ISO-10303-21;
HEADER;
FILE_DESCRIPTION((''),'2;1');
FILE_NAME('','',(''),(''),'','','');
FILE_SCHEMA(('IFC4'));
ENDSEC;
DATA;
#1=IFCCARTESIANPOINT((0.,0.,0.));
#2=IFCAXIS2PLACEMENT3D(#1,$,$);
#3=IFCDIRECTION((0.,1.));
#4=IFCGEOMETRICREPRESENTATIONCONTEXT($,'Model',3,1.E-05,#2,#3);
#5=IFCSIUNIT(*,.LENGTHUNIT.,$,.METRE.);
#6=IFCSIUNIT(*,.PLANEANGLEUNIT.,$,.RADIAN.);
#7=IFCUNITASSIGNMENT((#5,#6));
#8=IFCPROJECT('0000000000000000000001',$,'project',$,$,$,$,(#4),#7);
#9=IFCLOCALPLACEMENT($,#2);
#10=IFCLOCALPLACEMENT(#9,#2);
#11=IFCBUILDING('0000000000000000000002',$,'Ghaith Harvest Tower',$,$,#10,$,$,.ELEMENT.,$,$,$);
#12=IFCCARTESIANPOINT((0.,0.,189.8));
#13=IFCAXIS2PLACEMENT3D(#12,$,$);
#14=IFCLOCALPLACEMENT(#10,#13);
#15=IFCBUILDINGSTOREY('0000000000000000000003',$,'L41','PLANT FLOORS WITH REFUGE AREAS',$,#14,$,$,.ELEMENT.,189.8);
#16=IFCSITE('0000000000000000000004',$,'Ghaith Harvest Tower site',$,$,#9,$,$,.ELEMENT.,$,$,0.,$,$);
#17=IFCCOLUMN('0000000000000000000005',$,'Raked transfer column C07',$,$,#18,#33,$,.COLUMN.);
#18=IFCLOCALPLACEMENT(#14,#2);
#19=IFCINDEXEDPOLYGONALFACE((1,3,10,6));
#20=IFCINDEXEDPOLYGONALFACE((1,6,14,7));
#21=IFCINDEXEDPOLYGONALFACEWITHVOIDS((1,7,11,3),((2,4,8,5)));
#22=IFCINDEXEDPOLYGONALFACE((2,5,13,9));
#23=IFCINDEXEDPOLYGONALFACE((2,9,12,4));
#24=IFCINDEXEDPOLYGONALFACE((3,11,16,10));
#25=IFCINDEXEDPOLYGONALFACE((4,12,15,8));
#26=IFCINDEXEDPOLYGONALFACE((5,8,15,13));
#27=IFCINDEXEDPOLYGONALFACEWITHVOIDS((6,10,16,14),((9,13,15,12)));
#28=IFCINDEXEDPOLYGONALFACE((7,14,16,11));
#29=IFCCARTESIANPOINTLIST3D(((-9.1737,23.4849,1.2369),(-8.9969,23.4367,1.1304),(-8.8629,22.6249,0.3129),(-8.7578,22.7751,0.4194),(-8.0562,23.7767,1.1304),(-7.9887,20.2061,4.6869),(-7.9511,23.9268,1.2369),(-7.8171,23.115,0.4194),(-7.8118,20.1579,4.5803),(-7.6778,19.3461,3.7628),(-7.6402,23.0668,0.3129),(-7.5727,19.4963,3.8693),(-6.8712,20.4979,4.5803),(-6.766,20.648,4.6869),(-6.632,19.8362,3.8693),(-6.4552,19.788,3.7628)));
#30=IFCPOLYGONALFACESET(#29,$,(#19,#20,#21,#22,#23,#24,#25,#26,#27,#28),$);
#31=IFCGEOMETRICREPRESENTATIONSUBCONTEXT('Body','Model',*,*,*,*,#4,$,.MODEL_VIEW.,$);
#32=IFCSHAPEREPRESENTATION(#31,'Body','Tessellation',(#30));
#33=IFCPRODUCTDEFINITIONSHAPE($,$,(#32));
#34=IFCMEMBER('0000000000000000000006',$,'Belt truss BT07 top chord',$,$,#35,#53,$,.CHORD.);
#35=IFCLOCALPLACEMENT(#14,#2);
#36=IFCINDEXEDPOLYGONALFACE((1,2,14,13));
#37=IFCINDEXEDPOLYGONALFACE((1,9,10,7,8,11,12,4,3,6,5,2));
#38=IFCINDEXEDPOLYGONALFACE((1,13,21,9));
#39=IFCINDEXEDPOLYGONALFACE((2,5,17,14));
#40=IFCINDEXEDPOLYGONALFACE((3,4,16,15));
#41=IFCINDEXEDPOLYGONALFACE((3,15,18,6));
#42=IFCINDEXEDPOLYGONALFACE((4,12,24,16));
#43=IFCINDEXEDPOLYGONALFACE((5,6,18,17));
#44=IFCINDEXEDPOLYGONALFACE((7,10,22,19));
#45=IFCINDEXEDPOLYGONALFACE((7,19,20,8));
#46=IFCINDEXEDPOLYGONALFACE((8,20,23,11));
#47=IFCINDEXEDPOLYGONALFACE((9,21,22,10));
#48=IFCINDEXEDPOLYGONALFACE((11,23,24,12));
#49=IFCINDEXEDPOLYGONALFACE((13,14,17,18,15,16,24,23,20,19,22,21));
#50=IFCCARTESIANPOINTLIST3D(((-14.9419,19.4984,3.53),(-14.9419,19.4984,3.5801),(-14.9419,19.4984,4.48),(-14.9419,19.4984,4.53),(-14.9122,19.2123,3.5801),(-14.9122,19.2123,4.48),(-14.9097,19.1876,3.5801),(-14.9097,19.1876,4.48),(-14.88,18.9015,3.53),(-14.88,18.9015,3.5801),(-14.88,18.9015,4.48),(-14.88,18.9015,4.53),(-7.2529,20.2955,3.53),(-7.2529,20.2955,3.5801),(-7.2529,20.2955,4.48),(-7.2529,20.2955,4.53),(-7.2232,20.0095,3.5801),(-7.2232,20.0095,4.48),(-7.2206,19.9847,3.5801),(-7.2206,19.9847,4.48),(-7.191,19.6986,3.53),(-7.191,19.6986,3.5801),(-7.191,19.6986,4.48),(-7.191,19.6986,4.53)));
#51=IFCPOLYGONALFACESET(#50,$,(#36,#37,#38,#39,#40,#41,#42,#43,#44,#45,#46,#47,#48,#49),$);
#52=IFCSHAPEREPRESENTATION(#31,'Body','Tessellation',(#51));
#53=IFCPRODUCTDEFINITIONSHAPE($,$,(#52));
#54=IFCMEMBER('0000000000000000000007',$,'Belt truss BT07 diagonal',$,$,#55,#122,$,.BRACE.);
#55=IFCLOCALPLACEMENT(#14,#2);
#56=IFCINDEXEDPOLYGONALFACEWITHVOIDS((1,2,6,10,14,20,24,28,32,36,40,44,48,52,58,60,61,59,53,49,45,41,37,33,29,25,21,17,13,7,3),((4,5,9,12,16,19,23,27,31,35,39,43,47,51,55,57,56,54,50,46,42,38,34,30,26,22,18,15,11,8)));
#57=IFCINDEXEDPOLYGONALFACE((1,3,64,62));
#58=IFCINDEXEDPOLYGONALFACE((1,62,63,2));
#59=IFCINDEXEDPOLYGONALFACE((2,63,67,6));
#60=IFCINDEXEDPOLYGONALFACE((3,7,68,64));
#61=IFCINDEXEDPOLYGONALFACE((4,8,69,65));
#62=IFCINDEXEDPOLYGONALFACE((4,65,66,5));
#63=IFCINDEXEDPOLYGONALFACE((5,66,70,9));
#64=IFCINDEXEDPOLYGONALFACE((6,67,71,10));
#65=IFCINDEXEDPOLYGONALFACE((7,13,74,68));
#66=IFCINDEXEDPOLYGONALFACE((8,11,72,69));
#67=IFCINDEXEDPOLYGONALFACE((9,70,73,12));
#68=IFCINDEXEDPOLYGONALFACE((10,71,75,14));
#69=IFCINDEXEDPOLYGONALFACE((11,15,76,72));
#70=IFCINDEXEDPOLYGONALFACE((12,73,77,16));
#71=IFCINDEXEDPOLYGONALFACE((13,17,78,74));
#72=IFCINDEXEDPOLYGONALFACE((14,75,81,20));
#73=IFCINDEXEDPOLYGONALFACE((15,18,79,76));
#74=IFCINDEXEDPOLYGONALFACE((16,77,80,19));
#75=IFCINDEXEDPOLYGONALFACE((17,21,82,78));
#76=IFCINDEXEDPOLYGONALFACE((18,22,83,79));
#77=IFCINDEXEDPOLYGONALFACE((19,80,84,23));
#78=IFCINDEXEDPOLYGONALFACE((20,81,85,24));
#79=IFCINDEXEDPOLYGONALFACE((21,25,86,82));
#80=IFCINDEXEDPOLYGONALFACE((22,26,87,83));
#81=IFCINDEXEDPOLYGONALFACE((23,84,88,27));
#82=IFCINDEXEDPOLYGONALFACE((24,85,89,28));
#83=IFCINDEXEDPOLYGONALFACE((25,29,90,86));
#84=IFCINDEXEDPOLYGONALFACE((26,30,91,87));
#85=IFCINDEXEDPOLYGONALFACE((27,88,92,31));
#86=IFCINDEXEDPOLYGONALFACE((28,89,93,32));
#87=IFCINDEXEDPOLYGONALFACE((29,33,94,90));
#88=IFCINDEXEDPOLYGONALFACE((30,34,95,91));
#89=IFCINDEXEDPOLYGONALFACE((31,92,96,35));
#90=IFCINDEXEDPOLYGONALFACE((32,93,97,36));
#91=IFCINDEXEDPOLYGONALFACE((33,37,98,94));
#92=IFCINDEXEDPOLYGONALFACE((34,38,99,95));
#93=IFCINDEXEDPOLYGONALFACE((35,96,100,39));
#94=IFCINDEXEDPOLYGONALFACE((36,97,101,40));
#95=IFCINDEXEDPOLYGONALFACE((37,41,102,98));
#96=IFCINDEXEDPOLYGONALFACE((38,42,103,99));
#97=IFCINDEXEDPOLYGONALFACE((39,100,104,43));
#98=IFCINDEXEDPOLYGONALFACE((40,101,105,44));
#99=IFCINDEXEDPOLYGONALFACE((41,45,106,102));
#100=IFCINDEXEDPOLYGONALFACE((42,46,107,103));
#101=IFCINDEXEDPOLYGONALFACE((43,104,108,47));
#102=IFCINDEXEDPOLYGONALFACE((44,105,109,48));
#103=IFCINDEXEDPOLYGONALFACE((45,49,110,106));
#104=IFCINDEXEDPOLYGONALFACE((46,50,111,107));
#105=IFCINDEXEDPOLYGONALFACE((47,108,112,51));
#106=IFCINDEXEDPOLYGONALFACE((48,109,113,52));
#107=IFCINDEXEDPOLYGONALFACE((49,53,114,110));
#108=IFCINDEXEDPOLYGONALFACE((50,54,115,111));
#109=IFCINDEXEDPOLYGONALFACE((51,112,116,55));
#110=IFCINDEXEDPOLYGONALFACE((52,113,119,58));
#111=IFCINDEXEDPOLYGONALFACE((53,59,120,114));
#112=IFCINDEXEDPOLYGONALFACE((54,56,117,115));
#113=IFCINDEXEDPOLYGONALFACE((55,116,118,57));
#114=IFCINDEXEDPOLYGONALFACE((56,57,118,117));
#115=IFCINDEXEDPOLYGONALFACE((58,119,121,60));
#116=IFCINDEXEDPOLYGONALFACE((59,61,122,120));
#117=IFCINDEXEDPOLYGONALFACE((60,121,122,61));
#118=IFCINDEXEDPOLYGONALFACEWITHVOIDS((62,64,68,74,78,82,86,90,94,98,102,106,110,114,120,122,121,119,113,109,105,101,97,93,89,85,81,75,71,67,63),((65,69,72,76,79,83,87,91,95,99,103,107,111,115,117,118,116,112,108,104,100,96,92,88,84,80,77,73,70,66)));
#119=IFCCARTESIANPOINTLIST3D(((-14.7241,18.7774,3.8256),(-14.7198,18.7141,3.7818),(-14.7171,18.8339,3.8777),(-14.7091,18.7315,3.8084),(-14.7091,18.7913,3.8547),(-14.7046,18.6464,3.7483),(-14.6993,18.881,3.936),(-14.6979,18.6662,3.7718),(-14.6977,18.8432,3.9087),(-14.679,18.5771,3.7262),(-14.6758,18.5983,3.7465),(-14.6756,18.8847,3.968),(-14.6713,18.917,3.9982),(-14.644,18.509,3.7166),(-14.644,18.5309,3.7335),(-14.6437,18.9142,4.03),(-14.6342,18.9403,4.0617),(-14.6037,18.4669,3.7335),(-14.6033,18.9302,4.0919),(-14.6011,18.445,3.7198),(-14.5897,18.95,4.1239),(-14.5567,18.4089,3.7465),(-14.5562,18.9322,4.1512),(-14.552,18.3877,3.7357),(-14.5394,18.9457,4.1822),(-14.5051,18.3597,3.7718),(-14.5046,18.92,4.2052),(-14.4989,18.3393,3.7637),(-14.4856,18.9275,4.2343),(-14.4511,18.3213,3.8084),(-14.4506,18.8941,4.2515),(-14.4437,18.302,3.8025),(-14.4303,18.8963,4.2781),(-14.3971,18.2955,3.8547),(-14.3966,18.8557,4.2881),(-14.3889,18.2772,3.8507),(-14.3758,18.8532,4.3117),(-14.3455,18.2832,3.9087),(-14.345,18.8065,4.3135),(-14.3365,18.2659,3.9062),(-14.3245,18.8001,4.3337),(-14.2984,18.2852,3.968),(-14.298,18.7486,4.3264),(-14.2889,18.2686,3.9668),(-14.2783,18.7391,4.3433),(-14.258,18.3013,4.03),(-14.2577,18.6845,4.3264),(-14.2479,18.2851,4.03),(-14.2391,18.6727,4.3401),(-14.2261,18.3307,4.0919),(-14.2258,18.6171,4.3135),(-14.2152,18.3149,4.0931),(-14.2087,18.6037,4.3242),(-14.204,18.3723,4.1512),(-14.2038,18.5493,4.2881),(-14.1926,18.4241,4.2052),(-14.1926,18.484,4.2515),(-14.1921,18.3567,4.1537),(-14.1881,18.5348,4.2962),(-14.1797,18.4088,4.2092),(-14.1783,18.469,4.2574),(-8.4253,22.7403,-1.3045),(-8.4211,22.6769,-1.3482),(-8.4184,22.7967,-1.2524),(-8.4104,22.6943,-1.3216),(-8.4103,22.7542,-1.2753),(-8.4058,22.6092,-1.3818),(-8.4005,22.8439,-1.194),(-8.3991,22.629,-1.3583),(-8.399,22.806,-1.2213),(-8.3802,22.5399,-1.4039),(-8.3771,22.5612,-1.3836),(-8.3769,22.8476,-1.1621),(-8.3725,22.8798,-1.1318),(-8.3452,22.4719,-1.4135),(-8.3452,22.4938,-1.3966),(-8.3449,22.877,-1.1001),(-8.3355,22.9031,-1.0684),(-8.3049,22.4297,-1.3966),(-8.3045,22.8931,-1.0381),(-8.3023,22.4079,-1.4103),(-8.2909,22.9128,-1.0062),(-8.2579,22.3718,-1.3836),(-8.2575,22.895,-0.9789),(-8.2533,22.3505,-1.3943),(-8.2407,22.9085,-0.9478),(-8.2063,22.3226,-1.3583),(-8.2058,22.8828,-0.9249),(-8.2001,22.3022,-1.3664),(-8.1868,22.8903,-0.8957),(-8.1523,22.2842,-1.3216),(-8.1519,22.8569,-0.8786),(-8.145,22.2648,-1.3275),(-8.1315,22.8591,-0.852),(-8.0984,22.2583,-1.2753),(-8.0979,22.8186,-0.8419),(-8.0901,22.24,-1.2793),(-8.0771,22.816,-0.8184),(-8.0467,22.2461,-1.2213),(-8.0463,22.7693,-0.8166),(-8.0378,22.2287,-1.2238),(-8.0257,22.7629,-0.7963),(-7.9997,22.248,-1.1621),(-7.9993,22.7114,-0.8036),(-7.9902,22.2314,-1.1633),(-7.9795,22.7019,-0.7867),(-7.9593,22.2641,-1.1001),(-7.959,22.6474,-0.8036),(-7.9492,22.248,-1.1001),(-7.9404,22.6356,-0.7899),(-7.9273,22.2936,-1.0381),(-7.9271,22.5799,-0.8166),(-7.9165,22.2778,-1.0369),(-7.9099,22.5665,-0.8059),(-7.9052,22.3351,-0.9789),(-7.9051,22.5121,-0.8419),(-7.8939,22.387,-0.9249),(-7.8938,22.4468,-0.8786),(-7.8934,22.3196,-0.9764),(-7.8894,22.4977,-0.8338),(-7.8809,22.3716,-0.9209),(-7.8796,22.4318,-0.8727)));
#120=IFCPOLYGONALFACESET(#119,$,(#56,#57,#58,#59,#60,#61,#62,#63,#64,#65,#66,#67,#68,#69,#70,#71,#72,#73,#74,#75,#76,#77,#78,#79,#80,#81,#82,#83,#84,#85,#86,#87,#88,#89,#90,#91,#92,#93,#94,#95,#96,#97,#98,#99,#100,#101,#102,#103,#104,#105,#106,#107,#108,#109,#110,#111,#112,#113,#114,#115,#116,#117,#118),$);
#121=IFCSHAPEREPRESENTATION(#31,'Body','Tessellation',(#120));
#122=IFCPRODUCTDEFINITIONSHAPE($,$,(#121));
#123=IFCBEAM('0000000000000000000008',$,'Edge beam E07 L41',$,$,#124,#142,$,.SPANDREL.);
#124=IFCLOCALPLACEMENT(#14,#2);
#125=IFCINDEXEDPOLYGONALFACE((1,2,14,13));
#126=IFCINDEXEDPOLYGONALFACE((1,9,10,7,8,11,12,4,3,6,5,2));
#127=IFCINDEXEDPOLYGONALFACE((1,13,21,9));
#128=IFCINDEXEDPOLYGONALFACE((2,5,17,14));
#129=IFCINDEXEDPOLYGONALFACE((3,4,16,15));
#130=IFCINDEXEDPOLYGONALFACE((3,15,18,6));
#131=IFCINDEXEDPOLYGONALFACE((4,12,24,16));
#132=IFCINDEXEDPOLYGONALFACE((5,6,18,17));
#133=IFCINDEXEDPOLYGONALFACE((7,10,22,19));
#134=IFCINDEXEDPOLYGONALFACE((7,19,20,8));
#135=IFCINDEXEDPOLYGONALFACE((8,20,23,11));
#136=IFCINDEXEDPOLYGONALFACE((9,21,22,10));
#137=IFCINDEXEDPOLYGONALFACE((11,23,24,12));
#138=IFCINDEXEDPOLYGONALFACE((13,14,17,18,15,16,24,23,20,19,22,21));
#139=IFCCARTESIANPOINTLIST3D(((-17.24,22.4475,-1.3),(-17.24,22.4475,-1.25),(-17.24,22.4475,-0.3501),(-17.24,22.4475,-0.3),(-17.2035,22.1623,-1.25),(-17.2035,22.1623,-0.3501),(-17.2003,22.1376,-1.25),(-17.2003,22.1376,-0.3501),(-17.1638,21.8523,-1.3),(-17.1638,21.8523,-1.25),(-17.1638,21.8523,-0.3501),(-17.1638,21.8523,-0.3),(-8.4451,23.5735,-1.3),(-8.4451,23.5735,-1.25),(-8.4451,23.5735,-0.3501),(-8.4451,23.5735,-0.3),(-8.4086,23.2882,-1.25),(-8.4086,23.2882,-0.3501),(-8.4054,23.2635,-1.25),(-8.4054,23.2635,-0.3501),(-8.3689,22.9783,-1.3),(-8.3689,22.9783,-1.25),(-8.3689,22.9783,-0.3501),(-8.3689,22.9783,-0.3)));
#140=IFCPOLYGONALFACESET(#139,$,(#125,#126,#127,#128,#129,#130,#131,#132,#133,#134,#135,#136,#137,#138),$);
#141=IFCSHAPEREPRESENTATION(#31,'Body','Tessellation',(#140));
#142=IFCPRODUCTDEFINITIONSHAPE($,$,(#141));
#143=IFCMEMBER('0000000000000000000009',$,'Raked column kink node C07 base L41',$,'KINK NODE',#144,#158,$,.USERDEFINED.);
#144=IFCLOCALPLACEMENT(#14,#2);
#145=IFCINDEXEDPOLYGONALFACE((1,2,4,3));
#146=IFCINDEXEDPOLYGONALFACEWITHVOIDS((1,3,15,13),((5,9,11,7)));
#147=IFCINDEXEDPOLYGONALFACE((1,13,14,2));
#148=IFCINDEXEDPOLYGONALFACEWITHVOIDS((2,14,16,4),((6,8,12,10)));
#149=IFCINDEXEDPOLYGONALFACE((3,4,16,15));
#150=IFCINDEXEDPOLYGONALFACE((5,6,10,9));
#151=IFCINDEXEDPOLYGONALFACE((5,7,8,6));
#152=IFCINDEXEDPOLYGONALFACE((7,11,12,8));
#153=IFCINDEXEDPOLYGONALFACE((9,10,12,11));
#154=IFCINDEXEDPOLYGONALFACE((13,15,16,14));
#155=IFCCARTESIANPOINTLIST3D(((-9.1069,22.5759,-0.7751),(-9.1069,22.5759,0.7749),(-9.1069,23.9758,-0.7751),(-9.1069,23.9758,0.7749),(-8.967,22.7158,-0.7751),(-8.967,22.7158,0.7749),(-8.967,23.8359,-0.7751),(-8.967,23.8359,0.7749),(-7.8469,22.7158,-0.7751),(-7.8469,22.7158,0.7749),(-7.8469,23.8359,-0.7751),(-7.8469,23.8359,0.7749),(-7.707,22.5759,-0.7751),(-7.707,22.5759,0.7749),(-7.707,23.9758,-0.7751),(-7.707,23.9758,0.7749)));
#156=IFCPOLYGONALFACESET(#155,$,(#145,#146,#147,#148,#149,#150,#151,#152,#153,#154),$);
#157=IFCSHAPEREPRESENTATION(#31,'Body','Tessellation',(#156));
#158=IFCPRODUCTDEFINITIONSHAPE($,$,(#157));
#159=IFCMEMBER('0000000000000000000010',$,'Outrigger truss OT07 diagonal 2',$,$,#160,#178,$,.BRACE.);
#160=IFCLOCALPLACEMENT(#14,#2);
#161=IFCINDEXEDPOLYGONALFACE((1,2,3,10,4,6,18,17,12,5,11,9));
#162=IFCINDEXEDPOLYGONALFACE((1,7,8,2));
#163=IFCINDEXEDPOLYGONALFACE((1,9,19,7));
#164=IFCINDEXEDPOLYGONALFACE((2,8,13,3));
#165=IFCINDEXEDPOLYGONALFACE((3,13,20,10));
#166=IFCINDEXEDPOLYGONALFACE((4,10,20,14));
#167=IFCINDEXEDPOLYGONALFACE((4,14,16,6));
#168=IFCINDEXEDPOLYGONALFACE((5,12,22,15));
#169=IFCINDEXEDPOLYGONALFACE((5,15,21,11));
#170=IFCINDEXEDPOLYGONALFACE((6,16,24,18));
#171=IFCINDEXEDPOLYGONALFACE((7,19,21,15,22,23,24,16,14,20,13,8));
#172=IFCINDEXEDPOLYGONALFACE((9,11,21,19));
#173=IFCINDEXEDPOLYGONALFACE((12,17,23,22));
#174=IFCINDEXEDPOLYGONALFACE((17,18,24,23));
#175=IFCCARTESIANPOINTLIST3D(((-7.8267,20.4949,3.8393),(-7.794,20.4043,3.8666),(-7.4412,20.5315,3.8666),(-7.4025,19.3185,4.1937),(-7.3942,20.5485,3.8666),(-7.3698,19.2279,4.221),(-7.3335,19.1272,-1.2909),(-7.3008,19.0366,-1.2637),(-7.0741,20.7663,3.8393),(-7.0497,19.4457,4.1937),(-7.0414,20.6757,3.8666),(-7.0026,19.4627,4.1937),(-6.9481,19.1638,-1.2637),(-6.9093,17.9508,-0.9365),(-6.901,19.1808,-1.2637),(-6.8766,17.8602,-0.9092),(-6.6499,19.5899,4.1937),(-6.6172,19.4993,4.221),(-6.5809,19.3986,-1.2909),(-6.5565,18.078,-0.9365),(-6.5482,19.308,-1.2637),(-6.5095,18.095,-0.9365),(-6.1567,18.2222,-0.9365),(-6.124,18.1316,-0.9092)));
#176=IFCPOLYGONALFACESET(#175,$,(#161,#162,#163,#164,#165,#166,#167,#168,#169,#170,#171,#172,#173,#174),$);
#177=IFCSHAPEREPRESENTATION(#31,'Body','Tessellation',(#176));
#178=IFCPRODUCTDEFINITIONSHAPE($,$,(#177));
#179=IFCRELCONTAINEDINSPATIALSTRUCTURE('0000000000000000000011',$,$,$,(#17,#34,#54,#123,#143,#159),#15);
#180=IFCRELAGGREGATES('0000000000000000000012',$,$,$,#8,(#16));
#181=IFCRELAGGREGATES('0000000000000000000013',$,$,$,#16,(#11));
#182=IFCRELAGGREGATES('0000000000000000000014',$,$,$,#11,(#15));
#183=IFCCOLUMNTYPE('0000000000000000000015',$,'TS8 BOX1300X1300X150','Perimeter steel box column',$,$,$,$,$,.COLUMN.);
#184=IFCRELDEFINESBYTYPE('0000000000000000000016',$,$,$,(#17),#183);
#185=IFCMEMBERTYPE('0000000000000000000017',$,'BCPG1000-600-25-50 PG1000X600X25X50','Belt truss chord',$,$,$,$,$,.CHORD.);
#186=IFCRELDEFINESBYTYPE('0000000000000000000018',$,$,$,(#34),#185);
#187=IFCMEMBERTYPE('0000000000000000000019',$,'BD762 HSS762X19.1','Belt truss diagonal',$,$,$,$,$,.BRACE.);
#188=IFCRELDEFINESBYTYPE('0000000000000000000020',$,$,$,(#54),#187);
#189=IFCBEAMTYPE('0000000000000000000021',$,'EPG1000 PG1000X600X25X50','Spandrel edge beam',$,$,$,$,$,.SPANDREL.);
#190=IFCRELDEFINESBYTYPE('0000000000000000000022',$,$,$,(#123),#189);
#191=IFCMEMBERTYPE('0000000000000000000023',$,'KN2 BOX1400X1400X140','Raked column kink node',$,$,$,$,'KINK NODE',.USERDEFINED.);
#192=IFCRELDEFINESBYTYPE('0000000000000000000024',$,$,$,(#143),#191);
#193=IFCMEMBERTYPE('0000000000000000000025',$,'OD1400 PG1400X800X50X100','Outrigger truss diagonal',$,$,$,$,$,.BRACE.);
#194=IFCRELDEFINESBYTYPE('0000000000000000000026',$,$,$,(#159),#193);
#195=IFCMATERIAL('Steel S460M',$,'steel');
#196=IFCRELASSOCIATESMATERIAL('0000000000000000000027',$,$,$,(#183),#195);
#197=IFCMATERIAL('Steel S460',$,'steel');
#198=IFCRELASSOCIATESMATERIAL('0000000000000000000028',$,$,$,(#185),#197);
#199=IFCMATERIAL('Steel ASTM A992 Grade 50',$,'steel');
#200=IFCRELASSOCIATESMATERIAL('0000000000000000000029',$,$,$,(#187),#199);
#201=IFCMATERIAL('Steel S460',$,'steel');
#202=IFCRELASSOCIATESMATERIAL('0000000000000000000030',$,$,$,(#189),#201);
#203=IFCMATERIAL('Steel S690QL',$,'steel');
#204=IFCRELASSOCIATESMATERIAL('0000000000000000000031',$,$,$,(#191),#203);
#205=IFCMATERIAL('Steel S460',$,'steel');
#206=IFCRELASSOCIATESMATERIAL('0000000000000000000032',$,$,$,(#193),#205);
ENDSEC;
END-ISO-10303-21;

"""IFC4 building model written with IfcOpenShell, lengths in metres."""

from ifc_helpers import new_model, si_unit, direction, frame, origin, origin_2d, place, context, subcontext, project, spatial, hollow_rectangle, hollow_circle, i_section, extrude, material, material_profile, profile_set, type_object, element, save


model = new_model("IFC4")

# Units and contexts
model_context = context("Model", 3, precision=1e-05, world=origin(), true_north=direction((0.0, 1.0)))
body_context = subcontext(model_context, "Body", "Model", "MODEL_VIEW")
ifc_project = project(units=[si_unit("LENGTHUNIT", "METRE"), si_unit("PLANEANGLEUNIT", "RADIAN")], contexts=[model_context])

# Site, building, storey
site_placement = place(None, origin())
site = spatial("IfcSite", under=ifc_project, at=site_placement, Name="Ghaith Harvest Tower site", CompositionType="ELEMENT", RefElevation=0.0)
building_placement = place(site_placement, origin())
building = spatial("IfcBuilding", under=site, at=building_placement, Name="Ghaith Harvest Tower", CompositionType="ELEMENT")
storey_placement = place(building_placement, frame((0.0, 0.0, 189.8)))
storey = spatial("IfcBuildingStorey", under=building, at=storey_placement, Name="L41", Description="PLANT FLOORS WITH REFUGE AREAS", CompositionType="ELEMENT", Elevation=189.8)

# Column
ifc_material_1 = material(Name="Steel S460M", Category="steel")
ifc_material_profile_1 = material_profile(ifc_material_1, hollow_rectangle(XDim=1.3, YDim=1.3, WallThickness=0.1499, at=origin_2d()), Name="BOX1300X1300X150")
ifc_profile_set_1 = profile_set([ifc_material_profile_1], Name="Steel S460M")
column_type = type_object("IfcColumnType", Name="TS8 BOX1300X1300X150", Description="Perimeter steel box column", PredefinedType="COLUMN", material=ifc_profile_set_1)
column_placement = place(storey_placement, frame((-8.407, 23.2759, 0.7749), z_axis=(0.241612, -0.668489, 0.703382), x_axis=(0.940458, 0.339909, 0.0)))
element("IfcColumn", 1, at=column_placement, inside=storey, type_object=column_type, Name="Raked transfer column C07", PredefinedType="COLUMN", context=body_context, shape_type="SweptSolid", body=[
    extrude(hollow_rectangle(XDim=1.3, YDim=1.3, WallThickness=0.1499, at=origin_2d()), origin(), (0.0, 0.0, 1.0), 4.9048),
])

# Members
ifc_material_2 = material(Name="Steel S460", Category="steel")
ifc_material_profile_2 = material_profile(ifc_material_2, i_section(OverallWidth=0.6001, OverallDepth=1.0, WebThickness=0.0249, FlangeThickness=0.05, at=origin_2d()), Name="PG1000X600X25X50")
ifc_profile_set_2 = profile_set([ifc_material_profile_2], Name="Steel S460")
member_type_1 = type_object("IfcMemberType", Name="BCPG1000-600-25-50 PG1000X600X25X50", Description="Belt truss chord", PredefinedType="CHORD", material=ifc_profile_set_2)
member_1_placement = place(storey_placement, frame((-7.2219, 19.9971, 4.03), z_axis=(-0.994669, -0.103118, 0.0), x_axis=(0.103118, -0.994669, 0.0)))
element("IfcMember", 2, at=member_1_placement, inside=storey, type_object=member_type_1, Name="Belt truss BT07 top chord", PredefinedType="CHORD", context=body_context, shape_type="SweptSolid", body=[
    extrude(i_section(OverallWidth=0.6001, OverallDepth=1.0, WebThickness=0.0249, FlangeThickness=0.05, at=origin_2d()), origin(), (0.0, 0.0, 1.0), 7.7302),
])
ifc_material_3 = material(Name="Steel ASTM A992 Grade 50", Category="steel")
ifc_material_profile_3 = material_profile(ifc_material_3, hollow_circle(Radius=0.3811, WallThickness=0.019, at=origin_2d()), Name="HSS762X19.1")
ifc_profile_set_3 = profile_set([ifc_material_profile_3], Name="Steel ASTM A992 Grade 50")
member_type_2 = type_object("IfcMemberType", Name="BD762 HSS762X19.1", Description="Belt truss diagonal", PredefinedType="BRACE", material=ifc_profile_set_3)
member_2_placement = place(storey_placement, frame((-8.1521, 22.5706, -1.1001), z_axis=(-0.696874, -0.438436, 0.567574), x_axis=(0.532521, -0.846417, 0.0)))
element("IfcMember", 3, at=member_2_placement, inside=storey, type_object=member_type_2, Name="Belt truss BT07 diagonal", PredefinedType="BRACE", context=body_context, shape_type="SweptSolid", body=[
    extrude(hollow_circle(Radius=0.3811, WallThickness=0.019, at=origin_2d()), origin(), (0.0, 0.0, 1.0), 9.0386),
])

# Beam
ifc_material_4 = material(Name="Steel S460", Category="steel")
ifc_material_profile_4 = material_profile(ifc_material_4, i_section(OverallWidth=0.6001, OverallDepth=1.0, WebThickness=0.0249, FlangeThickness=0.05, at=origin_2d()), Name="PG1000X600X25X50")
ifc_profile_set_4 = profile_set([ifc_material_profile_4], Name="Steel S460")
beam_type = type_object("IfcBeamType", Name="EPG1000 PG1000X600X25X50", Description="Spandrel edge beam", PredefinedType="SPANDREL", material=ifc_profile_set_4)
beam_placement = place(storey_placement, frame((-8.407, 23.2759, -0.8), z_axis=(-0.991904, -0.126989, 0.0), x_axis=(0.126989, -0.991904, 0.0)))
element("IfcBeam", 4, at=beam_placement, inside=storey, type_object=beam_type, Name="Edge beam E07 L41", PredefinedType="SPANDREL", context=body_context, shape_type="SweptSolid", body=[
    extrude(i_section(OverallWidth=0.6001, OverallDepth=1.0, WebThickness=0.0249, FlangeThickness=0.05, at=origin_2d()), origin(), (0.0, 0.0, 1.0), 8.8667),
])

# Members
ifc_material_5 = material(Name="Steel S690QL", Category="steel")
ifc_material_profile_5 = material_profile(ifc_material_5, hollow_rectangle(XDim=1.3999, YDim=1.3999, WallThickness=0.1399, at=origin_2d()), Name="BOX1400X1400X140")
ifc_profile_set_5 = profile_set([ifc_material_profile_5], Name="Steel S690QL")
member_type_3 = type_object("IfcMemberType", Name="KN2 BOX1400X1400X140", Description="Raked column kink node", ElementType="KINK NODE", PredefinedType="USERDEFINED", material=ifc_profile_set_5)
member_3_placement = place(storey_placement, frame((-8.407, 23.2759, -0.7751), z_axis=(0.0, 0.0, 1.0), x_axis=(1.0, 0.0, 0.0)))
element("IfcMember", 5, at=member_3_placement, inside=storey, type_object=member_type_3, Name="Raked column kink node C07 base L41", ObjectType="KINK NODE", PredefinedType="USERDEFINED", context=body_context, shape_type="SweptSolid", body=[
    extrude(hollow_rectangle(XDim=1.3999, YDim=1.3999, WallThickness=0.1399, at=origin_2d()), origin(), (0.0, 0.0, 1.0), 1.55),
])
ifc_material_6 = material(Name="Steel S460", Category="steel")
ifc_material_profile_6 = material_profile(ifc_material_6, i_section(OverallWidth=0.8, OverallDepth=1.3999, WebThickness=0.05, FlangeThickness=0.1001, at=origin_2d()), Name="PG1400X800X50X100")
ifc_profile_set_6 = profile_set([ifc_material_profile_6], Name="Steel S460")
member_type_4 = type_object("IfcMemberType", Name="OD1400 PG1400X800X50X100", Description="Outrigger truss diagonal", PredefinedType="BRACE", material=ifc_profile_set_6)
member_4_placement = place(storey_placement, frame((-6.7288, 18.6294, -1.1001), z_axis=(-0.092489, 0.256496, 0.96211), x_axis=(-0.940712, -0.339207, 0.0)))
element("IfcMember", 6, at=member_4_placement, inside=storey, type_object=member_type_4, Name="Outrigger truss OT07 diagonal 2", PredefinedType="BRACE", context=body_context, shape_type="SweptSolid", body=[
    extrude(i_section(OverallWidth=0.8, OverallDepth=1.3999, WebThickness=0.05, FlangeThickness=0.1001, at=origin_2d()), origin(), (0.0, 0.0, 1.0), 5.3323),
])

save(model, "model.ifc")
